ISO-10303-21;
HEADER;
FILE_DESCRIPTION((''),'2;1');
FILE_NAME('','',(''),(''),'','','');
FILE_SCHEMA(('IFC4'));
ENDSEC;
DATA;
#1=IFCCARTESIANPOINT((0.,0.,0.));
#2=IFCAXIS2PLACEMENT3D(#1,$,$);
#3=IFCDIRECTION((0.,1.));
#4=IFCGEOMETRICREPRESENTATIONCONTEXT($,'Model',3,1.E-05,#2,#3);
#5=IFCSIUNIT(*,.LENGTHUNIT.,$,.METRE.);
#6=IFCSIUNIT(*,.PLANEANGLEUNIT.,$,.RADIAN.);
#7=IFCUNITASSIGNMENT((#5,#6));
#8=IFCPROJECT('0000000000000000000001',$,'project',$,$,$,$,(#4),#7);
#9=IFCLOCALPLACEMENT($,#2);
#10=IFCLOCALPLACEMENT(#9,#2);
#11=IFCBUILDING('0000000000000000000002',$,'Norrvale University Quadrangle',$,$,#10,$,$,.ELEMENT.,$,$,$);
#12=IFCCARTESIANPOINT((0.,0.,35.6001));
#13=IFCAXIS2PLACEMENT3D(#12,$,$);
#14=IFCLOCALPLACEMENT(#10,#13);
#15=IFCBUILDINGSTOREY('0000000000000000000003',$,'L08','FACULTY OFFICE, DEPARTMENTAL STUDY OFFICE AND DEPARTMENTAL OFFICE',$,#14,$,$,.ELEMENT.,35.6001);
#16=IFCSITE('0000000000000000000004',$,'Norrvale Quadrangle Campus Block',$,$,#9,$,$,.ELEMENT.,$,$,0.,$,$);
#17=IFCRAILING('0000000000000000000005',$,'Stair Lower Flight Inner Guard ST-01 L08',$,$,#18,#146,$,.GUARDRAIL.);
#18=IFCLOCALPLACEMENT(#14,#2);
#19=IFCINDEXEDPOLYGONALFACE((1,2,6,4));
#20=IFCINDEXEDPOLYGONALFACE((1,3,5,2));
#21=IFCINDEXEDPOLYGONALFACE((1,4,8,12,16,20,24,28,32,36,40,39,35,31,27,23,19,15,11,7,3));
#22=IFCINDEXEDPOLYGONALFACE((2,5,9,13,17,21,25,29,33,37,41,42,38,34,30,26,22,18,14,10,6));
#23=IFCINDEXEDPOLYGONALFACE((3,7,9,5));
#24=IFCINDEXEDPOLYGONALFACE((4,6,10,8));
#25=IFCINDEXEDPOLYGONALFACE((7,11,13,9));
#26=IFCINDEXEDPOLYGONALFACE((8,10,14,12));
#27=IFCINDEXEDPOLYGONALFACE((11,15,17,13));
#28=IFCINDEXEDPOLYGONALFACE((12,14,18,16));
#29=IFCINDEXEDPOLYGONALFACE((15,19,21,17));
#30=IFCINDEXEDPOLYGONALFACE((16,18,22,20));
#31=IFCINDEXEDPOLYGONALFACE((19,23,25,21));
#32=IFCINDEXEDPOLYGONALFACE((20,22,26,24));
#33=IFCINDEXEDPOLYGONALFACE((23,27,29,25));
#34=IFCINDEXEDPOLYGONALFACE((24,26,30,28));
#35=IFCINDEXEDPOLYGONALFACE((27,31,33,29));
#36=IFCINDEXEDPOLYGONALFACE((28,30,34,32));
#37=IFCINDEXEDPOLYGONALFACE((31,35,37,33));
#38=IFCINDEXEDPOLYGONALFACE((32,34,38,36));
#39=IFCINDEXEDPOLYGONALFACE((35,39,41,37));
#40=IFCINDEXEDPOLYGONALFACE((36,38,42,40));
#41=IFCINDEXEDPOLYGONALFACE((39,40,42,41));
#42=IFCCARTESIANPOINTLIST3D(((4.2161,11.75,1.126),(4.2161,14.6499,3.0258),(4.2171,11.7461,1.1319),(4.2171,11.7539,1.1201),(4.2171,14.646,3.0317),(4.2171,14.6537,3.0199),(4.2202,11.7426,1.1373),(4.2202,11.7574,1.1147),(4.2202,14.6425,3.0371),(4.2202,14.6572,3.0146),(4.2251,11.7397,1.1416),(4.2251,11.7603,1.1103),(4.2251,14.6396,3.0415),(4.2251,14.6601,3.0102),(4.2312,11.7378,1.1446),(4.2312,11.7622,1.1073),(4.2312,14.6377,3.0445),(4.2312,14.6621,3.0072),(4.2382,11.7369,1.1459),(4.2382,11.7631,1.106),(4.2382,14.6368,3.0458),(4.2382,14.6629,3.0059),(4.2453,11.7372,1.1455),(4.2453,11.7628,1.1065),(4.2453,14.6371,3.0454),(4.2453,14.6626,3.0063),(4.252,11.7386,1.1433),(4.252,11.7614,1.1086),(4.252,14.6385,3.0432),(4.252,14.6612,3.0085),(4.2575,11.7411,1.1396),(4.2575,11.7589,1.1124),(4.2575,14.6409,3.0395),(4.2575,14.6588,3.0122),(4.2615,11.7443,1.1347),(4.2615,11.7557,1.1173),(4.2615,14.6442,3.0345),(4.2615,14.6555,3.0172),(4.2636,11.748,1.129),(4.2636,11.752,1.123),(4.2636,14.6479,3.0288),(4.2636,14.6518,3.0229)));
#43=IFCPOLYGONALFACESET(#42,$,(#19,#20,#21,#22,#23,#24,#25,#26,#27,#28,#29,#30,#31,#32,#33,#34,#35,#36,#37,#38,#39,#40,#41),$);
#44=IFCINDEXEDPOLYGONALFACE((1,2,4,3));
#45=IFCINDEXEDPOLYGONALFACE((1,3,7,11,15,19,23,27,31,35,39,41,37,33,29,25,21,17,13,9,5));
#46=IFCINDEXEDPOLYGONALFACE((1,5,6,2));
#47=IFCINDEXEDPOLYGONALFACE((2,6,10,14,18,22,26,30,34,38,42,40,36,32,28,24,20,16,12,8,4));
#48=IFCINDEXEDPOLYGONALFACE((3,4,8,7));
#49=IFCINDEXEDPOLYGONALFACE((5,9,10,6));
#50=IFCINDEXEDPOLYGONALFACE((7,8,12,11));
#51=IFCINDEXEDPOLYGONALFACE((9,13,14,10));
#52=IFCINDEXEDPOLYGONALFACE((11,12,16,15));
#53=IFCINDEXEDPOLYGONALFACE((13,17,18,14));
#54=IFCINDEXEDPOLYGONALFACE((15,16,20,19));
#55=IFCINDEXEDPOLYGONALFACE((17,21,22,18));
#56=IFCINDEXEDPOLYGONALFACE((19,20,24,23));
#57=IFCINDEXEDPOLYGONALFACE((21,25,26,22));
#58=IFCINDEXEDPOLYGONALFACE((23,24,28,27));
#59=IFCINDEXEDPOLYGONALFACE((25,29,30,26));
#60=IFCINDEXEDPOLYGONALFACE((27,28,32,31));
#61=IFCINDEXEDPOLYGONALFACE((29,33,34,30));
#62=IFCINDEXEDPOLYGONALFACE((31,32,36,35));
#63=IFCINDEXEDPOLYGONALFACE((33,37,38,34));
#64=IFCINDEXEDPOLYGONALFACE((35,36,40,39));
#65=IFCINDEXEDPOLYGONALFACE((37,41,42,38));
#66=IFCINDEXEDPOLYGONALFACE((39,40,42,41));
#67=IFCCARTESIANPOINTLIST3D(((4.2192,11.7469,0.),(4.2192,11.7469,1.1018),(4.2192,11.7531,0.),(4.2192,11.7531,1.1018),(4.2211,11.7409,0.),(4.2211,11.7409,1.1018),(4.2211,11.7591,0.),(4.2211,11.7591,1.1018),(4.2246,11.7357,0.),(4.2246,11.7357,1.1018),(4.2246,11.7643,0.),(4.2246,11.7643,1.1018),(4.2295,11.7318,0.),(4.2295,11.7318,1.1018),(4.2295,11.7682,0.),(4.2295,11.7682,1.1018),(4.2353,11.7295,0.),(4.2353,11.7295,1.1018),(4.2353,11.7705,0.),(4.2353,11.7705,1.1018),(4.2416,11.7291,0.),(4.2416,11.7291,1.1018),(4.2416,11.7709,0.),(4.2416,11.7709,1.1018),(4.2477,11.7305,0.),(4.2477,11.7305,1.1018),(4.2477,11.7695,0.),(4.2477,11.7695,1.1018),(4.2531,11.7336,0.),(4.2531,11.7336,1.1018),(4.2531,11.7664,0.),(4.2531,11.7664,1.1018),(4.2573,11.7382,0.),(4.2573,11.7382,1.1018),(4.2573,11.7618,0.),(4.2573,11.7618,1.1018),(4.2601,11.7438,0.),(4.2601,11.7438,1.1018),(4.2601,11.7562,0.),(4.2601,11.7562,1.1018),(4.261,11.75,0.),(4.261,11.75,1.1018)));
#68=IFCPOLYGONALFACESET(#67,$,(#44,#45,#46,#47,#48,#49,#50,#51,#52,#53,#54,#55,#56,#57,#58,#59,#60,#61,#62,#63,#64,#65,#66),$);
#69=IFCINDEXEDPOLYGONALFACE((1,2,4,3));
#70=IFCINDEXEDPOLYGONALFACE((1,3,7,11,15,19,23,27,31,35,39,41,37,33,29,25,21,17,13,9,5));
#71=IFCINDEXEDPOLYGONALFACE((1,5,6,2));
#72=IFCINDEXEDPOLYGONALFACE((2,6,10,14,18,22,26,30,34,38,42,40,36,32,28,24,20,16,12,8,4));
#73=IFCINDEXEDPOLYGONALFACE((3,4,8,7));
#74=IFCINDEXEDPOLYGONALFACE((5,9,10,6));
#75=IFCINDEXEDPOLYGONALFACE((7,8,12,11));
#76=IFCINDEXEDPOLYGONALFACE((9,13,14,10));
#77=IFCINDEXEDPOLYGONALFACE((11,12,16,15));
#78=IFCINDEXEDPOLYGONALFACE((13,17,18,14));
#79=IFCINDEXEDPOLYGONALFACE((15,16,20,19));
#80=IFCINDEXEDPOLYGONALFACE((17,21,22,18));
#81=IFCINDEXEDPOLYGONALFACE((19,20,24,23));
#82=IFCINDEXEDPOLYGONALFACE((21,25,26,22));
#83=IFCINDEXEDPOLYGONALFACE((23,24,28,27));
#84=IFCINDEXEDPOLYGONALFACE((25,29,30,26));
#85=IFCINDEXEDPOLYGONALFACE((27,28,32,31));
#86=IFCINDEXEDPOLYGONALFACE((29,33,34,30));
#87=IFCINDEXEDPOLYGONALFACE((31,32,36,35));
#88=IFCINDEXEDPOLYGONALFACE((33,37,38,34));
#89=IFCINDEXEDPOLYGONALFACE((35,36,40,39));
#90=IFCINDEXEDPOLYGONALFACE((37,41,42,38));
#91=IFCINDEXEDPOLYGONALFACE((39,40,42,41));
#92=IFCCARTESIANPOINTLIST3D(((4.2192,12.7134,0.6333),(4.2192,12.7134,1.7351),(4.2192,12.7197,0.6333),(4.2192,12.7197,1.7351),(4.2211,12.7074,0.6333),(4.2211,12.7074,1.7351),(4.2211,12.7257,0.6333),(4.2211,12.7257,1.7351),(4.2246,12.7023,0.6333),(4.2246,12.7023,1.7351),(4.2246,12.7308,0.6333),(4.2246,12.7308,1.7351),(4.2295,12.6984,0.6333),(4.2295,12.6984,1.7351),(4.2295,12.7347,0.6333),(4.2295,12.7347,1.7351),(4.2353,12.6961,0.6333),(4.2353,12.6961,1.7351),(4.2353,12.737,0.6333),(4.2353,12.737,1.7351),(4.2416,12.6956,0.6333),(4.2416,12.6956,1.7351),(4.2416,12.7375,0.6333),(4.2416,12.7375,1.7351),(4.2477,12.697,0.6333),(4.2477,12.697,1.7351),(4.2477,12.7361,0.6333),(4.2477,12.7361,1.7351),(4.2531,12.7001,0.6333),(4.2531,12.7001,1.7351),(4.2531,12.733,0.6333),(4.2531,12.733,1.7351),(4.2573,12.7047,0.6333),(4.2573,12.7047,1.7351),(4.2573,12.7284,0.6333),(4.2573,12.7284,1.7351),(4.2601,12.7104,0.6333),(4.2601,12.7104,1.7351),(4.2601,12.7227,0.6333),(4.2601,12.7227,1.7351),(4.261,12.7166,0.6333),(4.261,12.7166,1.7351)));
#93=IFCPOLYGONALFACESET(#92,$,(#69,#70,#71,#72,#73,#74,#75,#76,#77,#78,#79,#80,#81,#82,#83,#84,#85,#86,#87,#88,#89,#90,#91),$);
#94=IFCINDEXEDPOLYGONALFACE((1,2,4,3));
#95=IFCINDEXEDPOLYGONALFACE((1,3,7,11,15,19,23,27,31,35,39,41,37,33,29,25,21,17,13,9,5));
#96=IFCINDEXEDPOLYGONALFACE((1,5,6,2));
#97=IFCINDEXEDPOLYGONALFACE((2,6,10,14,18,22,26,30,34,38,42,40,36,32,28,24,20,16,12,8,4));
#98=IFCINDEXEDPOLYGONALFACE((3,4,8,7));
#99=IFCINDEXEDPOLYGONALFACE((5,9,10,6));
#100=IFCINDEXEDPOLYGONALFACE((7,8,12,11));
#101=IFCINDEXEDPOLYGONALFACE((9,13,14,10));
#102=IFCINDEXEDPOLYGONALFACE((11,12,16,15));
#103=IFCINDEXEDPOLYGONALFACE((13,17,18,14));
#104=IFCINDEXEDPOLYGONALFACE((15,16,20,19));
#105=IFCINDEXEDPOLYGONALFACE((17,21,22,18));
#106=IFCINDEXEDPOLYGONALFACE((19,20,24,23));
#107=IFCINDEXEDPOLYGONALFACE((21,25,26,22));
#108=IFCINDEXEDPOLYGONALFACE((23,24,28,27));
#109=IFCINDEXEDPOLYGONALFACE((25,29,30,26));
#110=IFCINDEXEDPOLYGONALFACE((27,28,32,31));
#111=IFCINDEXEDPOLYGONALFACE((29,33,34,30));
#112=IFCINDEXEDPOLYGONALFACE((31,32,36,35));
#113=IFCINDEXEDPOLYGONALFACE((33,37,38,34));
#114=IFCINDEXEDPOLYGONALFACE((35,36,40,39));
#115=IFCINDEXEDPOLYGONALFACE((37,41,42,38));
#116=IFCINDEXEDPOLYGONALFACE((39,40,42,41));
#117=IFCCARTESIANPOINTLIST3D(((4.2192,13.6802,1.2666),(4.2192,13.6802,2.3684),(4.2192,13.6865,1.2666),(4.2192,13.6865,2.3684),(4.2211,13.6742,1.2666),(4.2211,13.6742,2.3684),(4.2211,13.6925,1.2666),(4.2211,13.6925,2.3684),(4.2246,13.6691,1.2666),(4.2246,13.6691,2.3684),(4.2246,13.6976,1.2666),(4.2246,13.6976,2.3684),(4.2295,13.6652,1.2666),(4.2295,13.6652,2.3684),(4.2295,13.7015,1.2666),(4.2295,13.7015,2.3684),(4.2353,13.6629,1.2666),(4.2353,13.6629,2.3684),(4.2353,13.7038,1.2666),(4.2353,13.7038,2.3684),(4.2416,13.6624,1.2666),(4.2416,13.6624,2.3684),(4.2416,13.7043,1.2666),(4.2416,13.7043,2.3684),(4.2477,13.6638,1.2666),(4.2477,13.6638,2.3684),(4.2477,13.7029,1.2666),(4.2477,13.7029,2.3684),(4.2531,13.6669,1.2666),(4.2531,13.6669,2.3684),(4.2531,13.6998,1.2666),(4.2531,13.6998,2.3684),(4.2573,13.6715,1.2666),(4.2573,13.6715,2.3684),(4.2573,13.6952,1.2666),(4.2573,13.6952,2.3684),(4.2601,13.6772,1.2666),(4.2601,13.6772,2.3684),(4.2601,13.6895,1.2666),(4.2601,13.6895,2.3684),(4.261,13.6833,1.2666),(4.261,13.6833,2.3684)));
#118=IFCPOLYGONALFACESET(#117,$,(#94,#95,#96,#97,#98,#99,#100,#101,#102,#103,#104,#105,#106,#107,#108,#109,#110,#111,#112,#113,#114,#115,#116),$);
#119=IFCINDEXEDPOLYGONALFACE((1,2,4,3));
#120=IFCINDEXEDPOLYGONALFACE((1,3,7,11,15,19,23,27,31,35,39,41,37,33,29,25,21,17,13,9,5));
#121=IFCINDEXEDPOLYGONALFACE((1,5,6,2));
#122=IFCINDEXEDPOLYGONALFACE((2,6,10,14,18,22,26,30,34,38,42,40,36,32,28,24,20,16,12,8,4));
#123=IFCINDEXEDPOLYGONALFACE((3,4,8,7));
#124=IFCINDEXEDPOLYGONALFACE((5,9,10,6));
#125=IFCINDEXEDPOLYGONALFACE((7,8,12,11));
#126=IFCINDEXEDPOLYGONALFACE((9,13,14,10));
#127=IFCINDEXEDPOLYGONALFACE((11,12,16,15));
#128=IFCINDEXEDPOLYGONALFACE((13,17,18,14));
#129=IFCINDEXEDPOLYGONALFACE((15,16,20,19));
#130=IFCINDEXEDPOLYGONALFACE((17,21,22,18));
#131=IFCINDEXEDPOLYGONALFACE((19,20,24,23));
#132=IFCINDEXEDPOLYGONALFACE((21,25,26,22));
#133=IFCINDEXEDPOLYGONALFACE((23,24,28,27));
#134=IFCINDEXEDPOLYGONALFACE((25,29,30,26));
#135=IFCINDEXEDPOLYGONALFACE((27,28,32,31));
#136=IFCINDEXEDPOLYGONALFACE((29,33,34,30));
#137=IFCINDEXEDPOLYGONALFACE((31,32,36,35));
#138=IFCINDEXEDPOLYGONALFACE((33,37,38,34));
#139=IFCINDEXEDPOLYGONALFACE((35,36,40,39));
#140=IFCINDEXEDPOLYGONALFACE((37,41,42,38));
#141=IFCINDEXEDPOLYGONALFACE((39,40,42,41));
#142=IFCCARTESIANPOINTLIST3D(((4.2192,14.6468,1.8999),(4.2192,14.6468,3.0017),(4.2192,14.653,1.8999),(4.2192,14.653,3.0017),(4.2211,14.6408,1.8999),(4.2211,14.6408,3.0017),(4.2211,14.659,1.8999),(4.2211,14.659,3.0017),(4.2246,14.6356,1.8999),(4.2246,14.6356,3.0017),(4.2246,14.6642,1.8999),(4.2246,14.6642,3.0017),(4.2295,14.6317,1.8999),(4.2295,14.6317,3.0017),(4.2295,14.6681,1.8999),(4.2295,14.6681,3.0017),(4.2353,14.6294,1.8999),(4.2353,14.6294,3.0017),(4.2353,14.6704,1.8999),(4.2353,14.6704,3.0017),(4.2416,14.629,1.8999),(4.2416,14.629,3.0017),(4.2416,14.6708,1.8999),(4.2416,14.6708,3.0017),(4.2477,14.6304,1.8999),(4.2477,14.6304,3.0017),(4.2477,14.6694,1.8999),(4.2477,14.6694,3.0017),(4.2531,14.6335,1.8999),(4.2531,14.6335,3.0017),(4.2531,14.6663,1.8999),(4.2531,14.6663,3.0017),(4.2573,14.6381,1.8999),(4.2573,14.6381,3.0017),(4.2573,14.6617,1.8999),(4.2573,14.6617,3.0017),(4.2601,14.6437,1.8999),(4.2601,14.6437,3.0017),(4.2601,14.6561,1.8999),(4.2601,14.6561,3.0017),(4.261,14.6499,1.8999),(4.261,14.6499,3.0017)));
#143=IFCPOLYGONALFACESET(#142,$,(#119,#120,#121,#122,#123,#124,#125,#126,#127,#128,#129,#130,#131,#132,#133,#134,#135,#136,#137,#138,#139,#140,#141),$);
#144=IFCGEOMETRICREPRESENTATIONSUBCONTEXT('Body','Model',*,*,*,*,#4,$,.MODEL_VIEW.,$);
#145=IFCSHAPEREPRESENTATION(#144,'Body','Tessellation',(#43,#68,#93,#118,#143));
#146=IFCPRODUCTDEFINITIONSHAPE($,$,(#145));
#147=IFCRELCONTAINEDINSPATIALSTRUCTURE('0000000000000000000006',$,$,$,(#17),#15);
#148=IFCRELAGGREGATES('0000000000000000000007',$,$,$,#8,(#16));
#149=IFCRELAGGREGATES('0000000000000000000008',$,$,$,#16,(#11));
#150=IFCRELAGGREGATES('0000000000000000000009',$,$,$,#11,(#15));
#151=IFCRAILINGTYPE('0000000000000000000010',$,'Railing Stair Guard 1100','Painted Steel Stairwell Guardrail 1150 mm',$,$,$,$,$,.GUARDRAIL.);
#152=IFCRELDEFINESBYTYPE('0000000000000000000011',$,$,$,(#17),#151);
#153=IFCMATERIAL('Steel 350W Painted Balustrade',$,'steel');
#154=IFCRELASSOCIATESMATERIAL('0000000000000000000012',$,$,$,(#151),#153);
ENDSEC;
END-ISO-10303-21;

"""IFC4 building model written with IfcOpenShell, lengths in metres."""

from ifc_helpers import new_model, si_unit, direction, frame, origin, origin_2d, place, context, subcontext, project, spatial, circle, extrude, material, type_object, element, save


model = new_model("IFC4")

# Units and contexts
model_context = context("Model", 3, precision=1e-05, world=origin(), true_north=direction((0.0, 1.0)))
body_context = subcontext(model_context, "Body", "Model", "MODEL_VIEW")
ifc_project = project(units=[si_unit("LENGTHUNIT", "METRE"), si_unit("PLANEANGLEUNIT", "RADIAN")], contexts=[model_context])

# Site, building, storey
site_placement = place(None, origin())
site = spatial("IfcSite", under=ifc_project, at=site_placement, Name="Norrvale Quadrangle Campus Block", CompositionType="ELEMENT", RefElevation=0.0)
building_placement = place(site_placement, origin())
building = spatial("IfcBuilding", under=site, at=building_placement, Name="Norrvale University Quadrangle", CompositionType="ELEMENT")
storey_placement = place(building_placement, frame((0.0, 0.0, 35.6001)))
storey = spatial("IfcBuildingStorey", under=building, at=storey_placement, Name="L08", Description="FACULTY OFFICE, DEPARTMENTAL STUDY OFFICE AND DEPARTMENTAL OFFICE", CompositionType="ELEMENT", Elevation=35.6001)

# Railing
ifc_material_1 = material(Name="Steel 350W Painted Balustrade", Category="steel")
railing_type_1 = type_object("IfcRailingType", Name="Railing Stair Guard 1100", Description="Painted Steel Stairwell Guardrail 1150 mm", PredefinedType="GUARDRAIL", material=ifc_material_1)
railing_1_placement = place(storey_placement, frame((4.24, 11.75, 0.0)))
element("IfcRailing", 1, at=railing_1_placement, inside=storey, type_object=railing_type_1, Name="Stair Lower Flight Inner Guard ST-01 L08", PredefinedType="GUARDRAIL", context=body_context, shape_type="SweptSolid", body=[
    extrude(circle(Radius=0.0239, at=origin_2d()), frame((0.0, 0.0, 1.126), z_axis=(0.0, 0.836466, 0.548019), x_axis=(-1.0, 0.0, 0.0)), (0.0, 0.0, 1.0), 3.4668),
    extrude(circle(Radius=0.021, at=origin_2d()), origin(), (0.0, 0.0, 1.0), 1.1018),
    extrude(circle(Radius=0.021, at=origin_2d()), frame((0.0, 0.9666, 0.6333)), (0.0, 0.0, 1.0), 1.1018),
    extrude(circle(Radius=0.021, at=origin_2d()), frame((0.0, 1.9333, 1.2666)), (0.0, 0.0, 1.0), 1.1018),
    extrude(circle(Radius=0.021, at=origin_2d()), frame((0.0, 2.8999, 1.8999)), (0.0, 0.0, 1.0), 1.1018),
])

save(model, "model.ifc")
